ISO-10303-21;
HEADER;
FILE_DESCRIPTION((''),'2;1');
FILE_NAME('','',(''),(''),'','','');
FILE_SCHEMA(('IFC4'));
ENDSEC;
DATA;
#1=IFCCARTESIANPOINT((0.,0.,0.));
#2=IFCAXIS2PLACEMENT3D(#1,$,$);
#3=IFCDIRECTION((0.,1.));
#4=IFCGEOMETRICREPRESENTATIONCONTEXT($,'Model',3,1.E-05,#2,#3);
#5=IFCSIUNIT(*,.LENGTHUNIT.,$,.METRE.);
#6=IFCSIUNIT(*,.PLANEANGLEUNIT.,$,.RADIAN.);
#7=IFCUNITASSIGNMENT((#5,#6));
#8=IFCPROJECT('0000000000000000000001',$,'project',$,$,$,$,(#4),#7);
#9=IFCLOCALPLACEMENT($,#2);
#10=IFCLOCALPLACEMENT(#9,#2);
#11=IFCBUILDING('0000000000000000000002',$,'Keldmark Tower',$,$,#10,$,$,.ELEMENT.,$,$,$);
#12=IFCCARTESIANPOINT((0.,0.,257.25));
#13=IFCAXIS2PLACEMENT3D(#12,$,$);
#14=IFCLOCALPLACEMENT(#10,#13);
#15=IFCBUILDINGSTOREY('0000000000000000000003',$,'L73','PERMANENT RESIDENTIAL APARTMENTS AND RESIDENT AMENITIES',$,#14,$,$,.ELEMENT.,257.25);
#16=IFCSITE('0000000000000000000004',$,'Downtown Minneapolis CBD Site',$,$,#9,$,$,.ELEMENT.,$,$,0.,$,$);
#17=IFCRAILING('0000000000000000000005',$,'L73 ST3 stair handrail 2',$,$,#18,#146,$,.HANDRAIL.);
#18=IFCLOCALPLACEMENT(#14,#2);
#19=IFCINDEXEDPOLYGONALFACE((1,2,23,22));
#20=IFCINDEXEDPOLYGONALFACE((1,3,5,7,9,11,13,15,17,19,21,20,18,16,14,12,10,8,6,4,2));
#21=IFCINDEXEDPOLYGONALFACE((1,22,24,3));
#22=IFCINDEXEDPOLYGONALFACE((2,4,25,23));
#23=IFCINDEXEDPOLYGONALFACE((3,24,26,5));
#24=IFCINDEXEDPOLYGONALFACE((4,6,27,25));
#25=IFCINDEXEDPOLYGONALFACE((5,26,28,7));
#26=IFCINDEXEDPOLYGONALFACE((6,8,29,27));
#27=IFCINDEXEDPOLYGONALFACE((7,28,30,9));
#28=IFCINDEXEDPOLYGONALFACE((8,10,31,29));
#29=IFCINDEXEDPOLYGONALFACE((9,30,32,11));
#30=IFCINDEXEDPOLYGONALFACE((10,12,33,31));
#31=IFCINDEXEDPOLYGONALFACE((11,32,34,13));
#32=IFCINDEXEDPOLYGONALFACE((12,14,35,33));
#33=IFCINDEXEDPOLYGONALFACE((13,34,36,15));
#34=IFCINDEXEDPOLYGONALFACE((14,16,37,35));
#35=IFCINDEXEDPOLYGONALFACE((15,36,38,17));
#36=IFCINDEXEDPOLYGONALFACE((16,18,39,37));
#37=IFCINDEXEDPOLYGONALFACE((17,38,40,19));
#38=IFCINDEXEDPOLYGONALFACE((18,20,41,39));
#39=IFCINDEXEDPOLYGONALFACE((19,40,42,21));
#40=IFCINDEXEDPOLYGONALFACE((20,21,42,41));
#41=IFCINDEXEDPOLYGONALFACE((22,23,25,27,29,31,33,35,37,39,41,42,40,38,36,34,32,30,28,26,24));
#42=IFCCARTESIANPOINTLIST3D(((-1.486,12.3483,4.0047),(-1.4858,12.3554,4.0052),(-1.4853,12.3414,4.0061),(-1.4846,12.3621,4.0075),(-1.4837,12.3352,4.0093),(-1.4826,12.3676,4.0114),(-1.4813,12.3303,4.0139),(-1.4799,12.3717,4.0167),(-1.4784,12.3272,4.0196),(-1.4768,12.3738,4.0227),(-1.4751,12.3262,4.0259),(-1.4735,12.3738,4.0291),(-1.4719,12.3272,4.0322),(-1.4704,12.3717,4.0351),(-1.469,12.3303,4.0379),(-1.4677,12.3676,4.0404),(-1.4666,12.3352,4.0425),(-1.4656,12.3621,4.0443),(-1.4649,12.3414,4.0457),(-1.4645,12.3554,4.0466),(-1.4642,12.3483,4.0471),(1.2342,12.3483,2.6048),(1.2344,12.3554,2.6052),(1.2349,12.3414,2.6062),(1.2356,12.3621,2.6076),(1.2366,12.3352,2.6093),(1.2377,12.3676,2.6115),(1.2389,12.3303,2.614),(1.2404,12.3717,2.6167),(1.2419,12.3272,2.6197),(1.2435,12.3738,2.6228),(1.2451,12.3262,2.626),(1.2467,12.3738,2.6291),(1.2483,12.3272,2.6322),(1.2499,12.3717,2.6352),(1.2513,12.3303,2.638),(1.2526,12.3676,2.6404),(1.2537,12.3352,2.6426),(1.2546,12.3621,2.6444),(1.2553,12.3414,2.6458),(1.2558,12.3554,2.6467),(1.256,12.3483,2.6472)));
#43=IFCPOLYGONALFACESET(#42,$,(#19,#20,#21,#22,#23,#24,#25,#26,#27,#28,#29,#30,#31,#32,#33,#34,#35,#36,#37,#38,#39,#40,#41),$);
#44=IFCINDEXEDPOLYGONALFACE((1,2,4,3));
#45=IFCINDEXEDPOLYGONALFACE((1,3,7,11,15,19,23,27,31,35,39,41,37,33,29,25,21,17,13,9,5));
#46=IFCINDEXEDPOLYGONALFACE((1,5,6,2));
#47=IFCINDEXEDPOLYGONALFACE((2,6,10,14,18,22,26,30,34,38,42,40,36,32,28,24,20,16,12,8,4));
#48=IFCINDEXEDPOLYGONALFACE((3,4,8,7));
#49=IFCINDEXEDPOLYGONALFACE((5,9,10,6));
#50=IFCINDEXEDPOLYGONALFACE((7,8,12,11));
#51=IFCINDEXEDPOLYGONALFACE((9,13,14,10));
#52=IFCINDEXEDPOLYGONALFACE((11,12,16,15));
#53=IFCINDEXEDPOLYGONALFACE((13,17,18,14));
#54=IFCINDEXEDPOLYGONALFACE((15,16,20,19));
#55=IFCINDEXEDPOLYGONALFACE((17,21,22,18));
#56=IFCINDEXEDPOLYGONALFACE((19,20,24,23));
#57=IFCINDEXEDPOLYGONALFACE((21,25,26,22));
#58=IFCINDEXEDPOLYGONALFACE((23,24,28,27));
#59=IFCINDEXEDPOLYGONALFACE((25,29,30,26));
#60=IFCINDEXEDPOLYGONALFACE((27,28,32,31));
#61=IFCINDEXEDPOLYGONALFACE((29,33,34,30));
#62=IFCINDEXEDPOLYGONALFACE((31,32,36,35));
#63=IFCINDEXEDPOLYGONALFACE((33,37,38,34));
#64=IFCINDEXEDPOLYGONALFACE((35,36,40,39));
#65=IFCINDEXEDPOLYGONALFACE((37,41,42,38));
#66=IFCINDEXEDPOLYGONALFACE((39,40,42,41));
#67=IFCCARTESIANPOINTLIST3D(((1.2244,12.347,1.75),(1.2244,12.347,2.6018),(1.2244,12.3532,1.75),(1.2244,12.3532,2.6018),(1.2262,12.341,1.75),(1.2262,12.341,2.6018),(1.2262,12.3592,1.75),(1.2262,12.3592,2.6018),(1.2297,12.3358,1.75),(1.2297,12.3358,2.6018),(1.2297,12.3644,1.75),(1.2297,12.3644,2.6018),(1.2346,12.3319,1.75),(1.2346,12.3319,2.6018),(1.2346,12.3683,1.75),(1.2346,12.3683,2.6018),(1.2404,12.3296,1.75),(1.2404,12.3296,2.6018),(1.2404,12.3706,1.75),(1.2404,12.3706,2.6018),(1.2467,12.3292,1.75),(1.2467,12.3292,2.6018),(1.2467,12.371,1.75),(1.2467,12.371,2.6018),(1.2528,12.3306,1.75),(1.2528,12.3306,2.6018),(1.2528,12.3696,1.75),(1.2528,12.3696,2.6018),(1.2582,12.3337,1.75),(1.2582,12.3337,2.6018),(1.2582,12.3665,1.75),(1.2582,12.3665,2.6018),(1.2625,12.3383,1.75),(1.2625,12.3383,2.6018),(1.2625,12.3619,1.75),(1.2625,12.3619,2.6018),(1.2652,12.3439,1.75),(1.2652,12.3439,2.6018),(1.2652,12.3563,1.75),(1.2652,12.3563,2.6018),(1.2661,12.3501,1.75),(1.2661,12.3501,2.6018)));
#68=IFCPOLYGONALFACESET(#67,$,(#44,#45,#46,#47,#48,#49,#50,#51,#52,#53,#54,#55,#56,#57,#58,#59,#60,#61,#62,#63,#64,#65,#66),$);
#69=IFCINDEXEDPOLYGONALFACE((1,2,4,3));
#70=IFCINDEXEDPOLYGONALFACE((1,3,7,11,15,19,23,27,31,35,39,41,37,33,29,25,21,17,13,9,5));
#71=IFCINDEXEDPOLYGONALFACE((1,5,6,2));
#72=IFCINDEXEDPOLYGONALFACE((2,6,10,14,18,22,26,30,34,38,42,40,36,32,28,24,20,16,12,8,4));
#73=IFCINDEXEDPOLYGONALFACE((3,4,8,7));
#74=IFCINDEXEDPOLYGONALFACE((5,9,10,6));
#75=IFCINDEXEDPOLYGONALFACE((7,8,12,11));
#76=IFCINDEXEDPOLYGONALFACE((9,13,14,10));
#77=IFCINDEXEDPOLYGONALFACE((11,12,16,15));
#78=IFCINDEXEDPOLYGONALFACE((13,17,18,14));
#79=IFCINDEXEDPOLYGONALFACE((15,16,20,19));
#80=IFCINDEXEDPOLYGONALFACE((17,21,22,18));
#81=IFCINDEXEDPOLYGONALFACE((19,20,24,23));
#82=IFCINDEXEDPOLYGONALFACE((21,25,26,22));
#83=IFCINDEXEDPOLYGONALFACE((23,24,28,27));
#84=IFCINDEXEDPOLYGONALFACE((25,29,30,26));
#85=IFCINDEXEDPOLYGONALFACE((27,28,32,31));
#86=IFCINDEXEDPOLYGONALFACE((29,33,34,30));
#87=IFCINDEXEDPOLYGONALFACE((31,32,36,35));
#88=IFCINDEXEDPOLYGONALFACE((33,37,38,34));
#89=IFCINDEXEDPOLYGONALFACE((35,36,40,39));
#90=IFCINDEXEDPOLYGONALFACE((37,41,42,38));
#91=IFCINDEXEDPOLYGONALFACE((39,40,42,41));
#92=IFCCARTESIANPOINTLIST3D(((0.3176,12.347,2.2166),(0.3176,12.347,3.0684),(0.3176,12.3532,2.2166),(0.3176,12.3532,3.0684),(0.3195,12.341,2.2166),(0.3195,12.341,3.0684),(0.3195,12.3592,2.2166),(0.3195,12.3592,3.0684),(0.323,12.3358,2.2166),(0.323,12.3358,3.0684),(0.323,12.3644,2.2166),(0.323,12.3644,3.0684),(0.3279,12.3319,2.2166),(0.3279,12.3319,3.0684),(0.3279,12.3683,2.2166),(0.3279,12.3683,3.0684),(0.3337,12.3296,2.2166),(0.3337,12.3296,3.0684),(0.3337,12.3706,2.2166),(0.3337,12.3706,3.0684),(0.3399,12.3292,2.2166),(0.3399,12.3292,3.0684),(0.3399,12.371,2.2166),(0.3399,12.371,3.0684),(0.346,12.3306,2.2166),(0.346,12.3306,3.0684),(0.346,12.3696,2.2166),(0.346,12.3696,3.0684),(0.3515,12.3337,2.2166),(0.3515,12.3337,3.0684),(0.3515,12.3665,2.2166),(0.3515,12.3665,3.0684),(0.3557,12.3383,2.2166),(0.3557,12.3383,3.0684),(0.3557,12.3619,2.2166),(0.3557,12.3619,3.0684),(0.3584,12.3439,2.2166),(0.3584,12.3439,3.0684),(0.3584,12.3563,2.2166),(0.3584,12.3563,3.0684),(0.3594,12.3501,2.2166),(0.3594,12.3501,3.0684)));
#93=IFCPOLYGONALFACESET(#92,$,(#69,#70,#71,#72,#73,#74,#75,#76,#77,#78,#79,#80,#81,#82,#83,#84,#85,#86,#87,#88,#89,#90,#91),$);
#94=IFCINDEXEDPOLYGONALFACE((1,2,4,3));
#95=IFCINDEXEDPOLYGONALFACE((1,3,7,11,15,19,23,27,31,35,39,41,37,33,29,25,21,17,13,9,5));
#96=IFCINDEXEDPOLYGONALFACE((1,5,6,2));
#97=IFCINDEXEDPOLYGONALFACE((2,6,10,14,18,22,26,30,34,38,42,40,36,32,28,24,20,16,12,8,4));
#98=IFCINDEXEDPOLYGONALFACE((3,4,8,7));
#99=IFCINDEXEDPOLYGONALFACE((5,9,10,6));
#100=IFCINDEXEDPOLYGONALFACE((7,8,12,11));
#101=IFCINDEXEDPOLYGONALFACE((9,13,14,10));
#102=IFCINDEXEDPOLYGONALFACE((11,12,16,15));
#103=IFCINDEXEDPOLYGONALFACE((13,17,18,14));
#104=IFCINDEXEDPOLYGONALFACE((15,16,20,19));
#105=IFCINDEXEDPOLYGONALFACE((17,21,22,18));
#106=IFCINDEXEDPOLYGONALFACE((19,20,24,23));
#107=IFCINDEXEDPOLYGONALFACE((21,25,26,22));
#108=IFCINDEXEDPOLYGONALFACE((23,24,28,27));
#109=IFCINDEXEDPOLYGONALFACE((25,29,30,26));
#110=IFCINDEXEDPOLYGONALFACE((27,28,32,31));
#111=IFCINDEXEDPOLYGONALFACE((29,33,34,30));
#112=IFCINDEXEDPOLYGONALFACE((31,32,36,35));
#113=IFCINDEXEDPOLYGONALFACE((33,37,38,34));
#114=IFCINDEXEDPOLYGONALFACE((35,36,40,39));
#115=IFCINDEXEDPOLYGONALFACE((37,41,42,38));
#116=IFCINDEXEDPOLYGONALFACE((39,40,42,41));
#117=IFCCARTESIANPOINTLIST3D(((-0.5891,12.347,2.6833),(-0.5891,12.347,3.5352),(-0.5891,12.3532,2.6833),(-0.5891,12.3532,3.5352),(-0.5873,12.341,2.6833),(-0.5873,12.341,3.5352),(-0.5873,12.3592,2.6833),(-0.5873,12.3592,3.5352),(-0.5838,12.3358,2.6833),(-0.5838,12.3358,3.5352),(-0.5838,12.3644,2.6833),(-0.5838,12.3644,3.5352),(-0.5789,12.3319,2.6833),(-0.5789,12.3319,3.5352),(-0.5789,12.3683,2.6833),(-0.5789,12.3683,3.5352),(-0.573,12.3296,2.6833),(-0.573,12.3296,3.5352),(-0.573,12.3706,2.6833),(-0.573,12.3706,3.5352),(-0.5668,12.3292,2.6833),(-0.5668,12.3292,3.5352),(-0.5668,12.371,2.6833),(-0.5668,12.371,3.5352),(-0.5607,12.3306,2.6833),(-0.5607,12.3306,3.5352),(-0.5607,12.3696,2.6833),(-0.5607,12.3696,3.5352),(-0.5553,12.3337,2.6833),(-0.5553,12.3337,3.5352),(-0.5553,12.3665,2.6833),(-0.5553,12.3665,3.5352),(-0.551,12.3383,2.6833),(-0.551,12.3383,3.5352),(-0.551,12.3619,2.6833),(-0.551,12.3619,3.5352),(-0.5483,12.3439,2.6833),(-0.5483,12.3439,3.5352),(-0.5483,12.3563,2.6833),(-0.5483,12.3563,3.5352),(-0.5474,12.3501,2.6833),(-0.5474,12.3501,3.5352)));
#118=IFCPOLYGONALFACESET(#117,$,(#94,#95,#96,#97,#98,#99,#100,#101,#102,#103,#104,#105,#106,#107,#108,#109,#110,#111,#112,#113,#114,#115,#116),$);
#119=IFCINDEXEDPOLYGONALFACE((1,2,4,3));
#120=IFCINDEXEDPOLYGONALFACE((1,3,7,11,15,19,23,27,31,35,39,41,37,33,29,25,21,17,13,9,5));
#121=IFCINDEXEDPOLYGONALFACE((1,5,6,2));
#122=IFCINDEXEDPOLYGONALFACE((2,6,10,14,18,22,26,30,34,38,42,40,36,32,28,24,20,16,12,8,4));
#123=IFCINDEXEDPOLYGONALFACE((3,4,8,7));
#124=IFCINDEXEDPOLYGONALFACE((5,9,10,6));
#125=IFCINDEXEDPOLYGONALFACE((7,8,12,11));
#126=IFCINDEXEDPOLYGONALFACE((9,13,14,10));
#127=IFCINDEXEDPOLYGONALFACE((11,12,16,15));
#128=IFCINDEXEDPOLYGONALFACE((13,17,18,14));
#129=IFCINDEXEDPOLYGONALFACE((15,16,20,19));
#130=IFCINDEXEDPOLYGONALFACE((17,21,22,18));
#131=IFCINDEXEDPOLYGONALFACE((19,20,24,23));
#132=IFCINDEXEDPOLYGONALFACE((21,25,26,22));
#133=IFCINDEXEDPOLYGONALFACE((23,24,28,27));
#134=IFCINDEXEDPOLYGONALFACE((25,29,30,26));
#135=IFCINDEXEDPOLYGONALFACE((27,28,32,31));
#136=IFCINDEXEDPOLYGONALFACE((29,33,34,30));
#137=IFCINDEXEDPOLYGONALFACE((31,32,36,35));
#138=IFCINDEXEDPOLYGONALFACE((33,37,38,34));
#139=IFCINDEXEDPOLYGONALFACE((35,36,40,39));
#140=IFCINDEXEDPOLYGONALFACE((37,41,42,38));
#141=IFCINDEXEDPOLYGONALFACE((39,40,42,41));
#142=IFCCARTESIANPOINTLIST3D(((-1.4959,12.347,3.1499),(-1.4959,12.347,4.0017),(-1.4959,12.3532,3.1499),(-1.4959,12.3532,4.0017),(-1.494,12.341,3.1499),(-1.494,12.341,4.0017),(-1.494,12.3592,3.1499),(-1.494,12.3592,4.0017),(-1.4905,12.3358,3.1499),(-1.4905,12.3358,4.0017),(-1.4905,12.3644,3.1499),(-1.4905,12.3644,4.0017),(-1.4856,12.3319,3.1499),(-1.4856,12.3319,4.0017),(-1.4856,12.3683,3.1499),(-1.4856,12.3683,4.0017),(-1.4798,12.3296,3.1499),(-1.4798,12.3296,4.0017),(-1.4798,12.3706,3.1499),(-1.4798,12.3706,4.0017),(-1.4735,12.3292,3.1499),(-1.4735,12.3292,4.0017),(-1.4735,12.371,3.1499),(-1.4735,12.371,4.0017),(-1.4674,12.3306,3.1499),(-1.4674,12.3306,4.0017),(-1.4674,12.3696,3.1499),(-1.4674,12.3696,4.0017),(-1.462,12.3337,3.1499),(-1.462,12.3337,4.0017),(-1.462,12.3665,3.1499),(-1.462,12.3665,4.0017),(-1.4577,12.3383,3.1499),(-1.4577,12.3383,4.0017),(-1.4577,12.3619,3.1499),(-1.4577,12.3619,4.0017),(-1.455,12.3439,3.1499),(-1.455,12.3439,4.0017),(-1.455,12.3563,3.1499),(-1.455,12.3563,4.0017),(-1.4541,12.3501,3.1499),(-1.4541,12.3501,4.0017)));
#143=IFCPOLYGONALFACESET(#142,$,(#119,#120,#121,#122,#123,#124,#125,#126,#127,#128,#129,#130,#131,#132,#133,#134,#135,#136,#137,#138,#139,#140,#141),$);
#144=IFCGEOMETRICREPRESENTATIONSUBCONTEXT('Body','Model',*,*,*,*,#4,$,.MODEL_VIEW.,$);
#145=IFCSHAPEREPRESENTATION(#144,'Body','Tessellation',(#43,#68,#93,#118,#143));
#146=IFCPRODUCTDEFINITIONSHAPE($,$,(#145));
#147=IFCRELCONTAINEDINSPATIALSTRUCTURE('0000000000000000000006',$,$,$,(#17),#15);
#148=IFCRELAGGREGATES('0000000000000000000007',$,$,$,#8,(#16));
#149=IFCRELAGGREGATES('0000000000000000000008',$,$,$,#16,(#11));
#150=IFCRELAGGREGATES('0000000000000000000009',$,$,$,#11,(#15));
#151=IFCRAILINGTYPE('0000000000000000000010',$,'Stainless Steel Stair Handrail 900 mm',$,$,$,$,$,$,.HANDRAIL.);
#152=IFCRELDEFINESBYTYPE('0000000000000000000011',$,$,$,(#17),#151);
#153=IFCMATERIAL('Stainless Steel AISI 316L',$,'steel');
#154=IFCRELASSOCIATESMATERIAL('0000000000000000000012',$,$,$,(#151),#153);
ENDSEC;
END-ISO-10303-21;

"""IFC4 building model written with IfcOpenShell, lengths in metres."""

from ifc_helpers import new_model, si_unit, direction, frame, origin, origin_2d, place, context, subcontext, project, spatial, circle, extrude, material, type_object, element, save


model = new_model("IFC4")

# Units and contexts
model_context = context("Model", 3, precision=1e-05, world=origin(), true_north=direction((0.0, 1.0)))
body_context = subcontext(model_context, "Body", "Model", "MODEL_VIEW")
ifc_project = project(units=[si_unit("LENGTHUNIT", "METRE"), si_unit("PLANEANGLEUNIT", "RADIAN")], contexts=[model_context])

# Site, building, storey
site_placement = place(None, origin())
site = spatial("IfcSite", under=ifc_project, at=site_placement, Name="Downtown Minneapolis CBD Site", CompositionType="ELEMENT", RefElevation=0.0)
building_placement = place(site_placement, origin())
building = spatial("IfcBuilding", under=site, at=building_placement, Name="Keldmark Tower", CompositionType="ELEMENT")
storey_placement = place(building_placement, frame((0.0, 0.0, 257.25)))
storey = spatial("IfcBuildingStorey", under=building, at=storey_placement, Name="L73", Description="PERMANENT RESIDENTIAL APARTMENTS AND RESIDENT AMENITIES", CompositionType="ELEMENT", Elevation=257.25)

# Railing
ifc_material_1 = material(Name="Stainless Steel AISI 316L", Category="steel")
railing_type_1 = type_object("IfcRailingType", Name="Stainless Steel Stair Handrail 900 mm", PredefinedType="HANDRAIL", material=ifc_material_1)
railing_1_placement = place(storey_placement, frame((1.2451, 12.3501, 1.75)))
element("IfcRailing", 1, at=railing_1_placement, inside=storey, type_object=railing_type_1, Name="L73 ST3 stair handrail 2", PredefinedType="HANDRAIL", context=body_context, shape_type="SweptSolid", body=[
    extrude(circle(Radius=0.0239, at=origin_2d()), frame((0.0, 0.0, 0.876), z_axis=(-0.889164, 0.0, 0.45759), x_axis=(0.0, -1.0, 0.0)), (0.0, 0.0, 1.0), 3.0593),
    extrude(circle(Radius=0.021, at=origin_2d()), origin(), (0.0, 0.0, 1.0), 0.8518),
    extrude(circle(Radius=0.021, at=origin_2d()), frame((-0.9067, 0.0, 0.4666)), (0.0, 0.0, 1.0), 0.8518),
    extrude(circle(Radius=0.021, at=origin_2d()), frame((-1.8135, 0.0, 0.9333)), (0.0, 0.0, 1.0), 0.8518),
    extrude(circle(Radius=0.021, at=origin_2d()), frame((-2.7202, 0.0, 1.3999)), (0.0, 0.0, 1.0), 0.8518),
])

save(model, "model.ifc")
